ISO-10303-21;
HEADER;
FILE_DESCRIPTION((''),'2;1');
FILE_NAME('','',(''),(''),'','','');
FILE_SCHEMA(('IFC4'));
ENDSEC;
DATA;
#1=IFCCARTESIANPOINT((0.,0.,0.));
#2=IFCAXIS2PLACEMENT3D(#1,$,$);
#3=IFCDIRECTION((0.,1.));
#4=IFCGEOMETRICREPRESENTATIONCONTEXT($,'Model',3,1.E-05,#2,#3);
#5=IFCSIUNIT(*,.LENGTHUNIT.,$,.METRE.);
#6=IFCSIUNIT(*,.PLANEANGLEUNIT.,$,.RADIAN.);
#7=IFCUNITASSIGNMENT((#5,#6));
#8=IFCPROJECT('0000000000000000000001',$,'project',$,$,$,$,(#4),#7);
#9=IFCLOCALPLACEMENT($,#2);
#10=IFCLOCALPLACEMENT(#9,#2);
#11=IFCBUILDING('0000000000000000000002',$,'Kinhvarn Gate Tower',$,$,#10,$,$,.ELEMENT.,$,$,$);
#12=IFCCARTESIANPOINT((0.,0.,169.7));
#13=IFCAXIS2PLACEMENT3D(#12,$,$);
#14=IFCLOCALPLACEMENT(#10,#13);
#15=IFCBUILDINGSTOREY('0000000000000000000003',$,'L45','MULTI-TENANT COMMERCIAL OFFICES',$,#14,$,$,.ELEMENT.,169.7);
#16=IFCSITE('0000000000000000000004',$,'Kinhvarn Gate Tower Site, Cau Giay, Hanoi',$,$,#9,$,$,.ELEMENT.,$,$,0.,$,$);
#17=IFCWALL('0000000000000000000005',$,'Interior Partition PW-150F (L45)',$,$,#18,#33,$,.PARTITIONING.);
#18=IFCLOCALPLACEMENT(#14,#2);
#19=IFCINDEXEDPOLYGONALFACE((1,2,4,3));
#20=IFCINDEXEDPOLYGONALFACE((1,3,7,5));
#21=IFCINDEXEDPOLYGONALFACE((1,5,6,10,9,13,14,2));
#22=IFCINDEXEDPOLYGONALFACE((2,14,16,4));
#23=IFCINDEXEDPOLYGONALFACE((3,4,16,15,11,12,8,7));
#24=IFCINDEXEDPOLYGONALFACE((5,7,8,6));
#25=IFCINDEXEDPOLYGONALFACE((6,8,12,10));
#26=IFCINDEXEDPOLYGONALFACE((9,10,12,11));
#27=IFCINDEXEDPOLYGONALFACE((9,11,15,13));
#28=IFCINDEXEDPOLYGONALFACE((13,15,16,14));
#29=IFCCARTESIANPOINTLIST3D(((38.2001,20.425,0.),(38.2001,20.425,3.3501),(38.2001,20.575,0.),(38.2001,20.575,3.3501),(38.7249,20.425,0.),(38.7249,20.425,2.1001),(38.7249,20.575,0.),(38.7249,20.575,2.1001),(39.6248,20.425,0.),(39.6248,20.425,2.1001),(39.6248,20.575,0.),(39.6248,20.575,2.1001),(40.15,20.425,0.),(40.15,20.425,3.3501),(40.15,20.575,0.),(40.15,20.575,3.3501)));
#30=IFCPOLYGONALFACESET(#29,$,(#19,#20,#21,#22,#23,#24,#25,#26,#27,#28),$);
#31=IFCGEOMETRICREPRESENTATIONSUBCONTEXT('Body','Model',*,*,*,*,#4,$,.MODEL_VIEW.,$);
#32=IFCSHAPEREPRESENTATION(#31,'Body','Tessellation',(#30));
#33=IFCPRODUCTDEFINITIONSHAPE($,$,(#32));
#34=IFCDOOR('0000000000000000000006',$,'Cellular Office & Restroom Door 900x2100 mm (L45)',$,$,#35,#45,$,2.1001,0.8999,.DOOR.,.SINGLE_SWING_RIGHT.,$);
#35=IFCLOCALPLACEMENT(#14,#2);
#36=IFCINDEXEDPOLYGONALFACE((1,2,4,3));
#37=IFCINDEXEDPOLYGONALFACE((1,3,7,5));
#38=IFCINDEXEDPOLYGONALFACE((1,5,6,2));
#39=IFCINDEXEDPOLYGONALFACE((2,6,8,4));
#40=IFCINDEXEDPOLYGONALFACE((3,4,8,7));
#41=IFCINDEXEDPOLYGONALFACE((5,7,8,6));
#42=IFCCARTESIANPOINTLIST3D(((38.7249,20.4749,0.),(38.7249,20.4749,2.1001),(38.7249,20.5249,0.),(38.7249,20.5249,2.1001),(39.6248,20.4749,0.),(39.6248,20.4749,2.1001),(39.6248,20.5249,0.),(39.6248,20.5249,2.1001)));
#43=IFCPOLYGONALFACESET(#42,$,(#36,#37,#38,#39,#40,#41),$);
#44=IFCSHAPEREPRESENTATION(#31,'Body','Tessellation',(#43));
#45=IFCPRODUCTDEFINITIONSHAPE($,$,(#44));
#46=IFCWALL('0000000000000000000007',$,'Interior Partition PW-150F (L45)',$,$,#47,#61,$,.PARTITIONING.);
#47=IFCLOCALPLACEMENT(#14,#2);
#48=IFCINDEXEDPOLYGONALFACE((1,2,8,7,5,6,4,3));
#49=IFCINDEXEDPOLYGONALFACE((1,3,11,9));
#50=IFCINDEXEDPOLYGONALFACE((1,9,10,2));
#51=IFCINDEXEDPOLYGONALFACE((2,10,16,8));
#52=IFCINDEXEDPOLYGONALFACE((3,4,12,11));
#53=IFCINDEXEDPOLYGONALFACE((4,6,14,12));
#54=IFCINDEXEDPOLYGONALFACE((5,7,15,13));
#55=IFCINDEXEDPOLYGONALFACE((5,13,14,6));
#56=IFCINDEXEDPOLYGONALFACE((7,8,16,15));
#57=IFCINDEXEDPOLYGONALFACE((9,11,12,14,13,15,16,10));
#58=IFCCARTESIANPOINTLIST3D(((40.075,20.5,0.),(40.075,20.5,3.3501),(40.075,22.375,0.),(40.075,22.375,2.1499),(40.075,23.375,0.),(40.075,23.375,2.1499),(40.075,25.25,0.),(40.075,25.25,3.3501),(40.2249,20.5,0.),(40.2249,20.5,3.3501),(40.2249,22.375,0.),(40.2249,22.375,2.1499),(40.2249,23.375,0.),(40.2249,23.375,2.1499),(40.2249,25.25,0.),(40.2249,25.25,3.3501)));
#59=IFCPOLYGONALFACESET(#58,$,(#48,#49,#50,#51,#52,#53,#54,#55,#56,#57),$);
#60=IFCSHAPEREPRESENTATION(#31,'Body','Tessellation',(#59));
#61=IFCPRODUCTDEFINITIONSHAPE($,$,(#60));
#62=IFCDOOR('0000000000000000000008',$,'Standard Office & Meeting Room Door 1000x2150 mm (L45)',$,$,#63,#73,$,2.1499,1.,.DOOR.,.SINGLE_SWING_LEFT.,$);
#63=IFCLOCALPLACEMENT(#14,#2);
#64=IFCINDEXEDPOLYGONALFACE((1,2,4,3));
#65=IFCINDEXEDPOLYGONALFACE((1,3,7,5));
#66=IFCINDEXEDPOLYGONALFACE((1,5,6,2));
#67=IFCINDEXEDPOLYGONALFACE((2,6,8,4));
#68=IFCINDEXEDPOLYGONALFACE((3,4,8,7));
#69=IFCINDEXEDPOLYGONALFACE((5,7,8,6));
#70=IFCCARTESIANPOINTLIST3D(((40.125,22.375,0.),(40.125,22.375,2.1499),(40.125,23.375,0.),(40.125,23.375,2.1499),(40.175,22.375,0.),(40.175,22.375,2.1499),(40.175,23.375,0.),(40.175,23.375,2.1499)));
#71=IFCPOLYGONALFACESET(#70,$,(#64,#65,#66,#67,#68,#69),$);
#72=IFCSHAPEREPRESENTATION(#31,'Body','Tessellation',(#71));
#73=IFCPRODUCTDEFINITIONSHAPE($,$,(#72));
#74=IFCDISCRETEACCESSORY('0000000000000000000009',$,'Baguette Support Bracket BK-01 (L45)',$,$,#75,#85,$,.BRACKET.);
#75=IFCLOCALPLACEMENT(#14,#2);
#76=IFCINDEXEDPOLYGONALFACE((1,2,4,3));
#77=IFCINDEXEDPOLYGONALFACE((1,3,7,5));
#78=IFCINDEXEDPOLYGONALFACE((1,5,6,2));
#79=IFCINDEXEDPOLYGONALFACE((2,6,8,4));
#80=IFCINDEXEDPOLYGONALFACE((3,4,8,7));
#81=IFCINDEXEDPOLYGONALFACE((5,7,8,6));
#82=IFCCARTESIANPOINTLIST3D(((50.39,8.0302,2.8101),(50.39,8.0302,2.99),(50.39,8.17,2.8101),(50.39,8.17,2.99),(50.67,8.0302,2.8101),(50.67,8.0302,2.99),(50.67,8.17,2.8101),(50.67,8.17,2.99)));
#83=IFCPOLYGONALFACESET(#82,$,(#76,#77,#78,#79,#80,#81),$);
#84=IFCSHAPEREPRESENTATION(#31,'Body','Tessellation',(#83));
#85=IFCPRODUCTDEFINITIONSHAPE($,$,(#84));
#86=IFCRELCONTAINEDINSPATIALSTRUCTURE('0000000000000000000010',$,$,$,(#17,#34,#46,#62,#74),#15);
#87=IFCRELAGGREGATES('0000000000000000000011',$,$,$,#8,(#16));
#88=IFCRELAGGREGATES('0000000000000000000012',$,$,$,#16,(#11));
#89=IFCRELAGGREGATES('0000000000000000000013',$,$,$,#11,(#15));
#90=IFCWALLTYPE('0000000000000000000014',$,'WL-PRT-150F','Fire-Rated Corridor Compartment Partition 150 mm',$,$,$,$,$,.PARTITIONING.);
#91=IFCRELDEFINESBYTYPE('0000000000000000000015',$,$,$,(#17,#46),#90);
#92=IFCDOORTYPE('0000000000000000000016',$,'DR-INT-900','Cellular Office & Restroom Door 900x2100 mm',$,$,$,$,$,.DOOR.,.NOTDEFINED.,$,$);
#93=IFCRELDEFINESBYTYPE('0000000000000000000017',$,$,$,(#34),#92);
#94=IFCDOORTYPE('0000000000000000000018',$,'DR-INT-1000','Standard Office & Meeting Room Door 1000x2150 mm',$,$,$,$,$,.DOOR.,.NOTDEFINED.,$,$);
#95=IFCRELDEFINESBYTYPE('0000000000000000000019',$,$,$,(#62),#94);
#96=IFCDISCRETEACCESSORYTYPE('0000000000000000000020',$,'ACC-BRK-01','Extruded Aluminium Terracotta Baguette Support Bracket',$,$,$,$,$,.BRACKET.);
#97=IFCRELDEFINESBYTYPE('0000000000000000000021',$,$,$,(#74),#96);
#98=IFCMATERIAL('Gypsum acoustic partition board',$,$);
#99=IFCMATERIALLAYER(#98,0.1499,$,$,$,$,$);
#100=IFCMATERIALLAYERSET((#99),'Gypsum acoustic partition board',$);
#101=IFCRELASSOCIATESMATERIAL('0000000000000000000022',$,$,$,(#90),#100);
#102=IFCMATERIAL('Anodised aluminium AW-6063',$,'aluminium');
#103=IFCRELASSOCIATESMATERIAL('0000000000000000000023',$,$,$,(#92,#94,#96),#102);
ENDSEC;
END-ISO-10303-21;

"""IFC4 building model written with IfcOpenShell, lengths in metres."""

from ifc_helpers import new_model, si_unit, direction, frame, frame_2d, origin, origin_2d, place, context, subcontext, project, spatial, rectangle, extrude, material, layer, layer_set, type_object, element, fill, save


model = new_model("IFC4")

# Units and contexts
model_context = context("Model", 3, precision=1e-05, world=origin(), true_north=direction((0.0, 1.0)))
body_context = subcontext(model_context, "Body", "Model", "MODEL_VIEW")
ifc_project = project(units=[si_unit("LENGTHUNIT", "METRE"), si_unit("PLANEANGLEUNIT", "RADIAN")], contexts=[model_context])

# Site, building, storey
site_placement = place(None, origin())
site = spatial("IfcSite", under=ifc_project, at=site_placement, Name="Kinhvarn Gate Tower Site, Cau Giay, Hanoi", CompositionType="ELEMENT", RefElevation=0.0)
building_placement = place(site_placement, origin())
building = spatial("IfcBuilding", under=site, at=building_placement, Name="Kinhvarn Gate Tower", CompositionType="ELEMENT")
storey_placement = place(building_placement, frame((0.0, 0.0, 169.7)))
storey = spatial("IfcBuildingStorey", under=building, at=storey_placement, Name="L45", Description="MULTI-TENANT COMMERCIAL OFFICES", CompositionType="ELEMENT", Elevation=169.7)

# Shared definitions
ifc_material_1 = material(Name="Anodised aluminium AW-6063", Category="aluminium")

# Shared definitions
ifc_material_2 = material(Name="Gypsum acoustic partition board")
ifc_layer_1 = layer(ifc_material_2, 0.1499)
ifc_layer_set_1 = layer_set([ifc_layer_1], Name="Gypsum acoustic partition board")
wall_type_1 = type_object("IfcWallType", Name="WL-PRT-150F", Description="Fire-Rated Corridor Compartment Partition 150 mm", PredefinedType="PARTITIONING", material=ifc_layer_set_1)

# Walls, openings, doors
wall_1_placement = place(storey_placement, frame((38.2, 20.5, 0.0), z_axis=(0.0, 0.0, 1.0), x_axis=(1.0, 0.0, 0.0)))
wall_1 = element("IfcWall", 1, at=wall_1_placement, inside=storey, type_object=wall_type_1, Name="Interior Partition PW-150F (L45)", PredefinedType="PARTITIONING", context=body_context, shape_type="SweptSolid", body=[
    extrude(rectangle(XDim=1.95, YDim=0.1499, at=frame_2d((0.9751, 0.0))), origin(), (0.0, 0.0, 1.0), 3.3501),
])
opening_1_placement = place(wall_1_placement, frame((0.5249, 0.0, 0.0)))
opening_1 = element("IfcOpeningElement", 2, at=opening_1_placement, cuts=wall_1, PredefinedType="OPENING", context=body_context, shape_type="SweptSolid", body=[
    extrude(rectangle(XDim=0.8999, YDim=2.1001, at=frame_2d((0.45, 1.05))), frame((0.0, 0.085, 0.0), z_axis=(0.0, -1.0, 0.0), x_axis=(1.0, 0.0, 0.0)), (0.0, 0.0, 1.0), 0.1699),
])
door_type_1 = type_object("IfcDoorType", Name="DR-INT-900", Description="Cellular Office & Restroom Door 900x2100 mm", OperationType="NOTDEFINED", PredefinedType="DOOR", material=ifc_material_1)
door_1_placement = place(opening_1_placement, origin())
door_1 = element("IfcDoor", 3, at=door_1_placement, inside=storey, type_object=door_type_1, Name="Cellular Office & Restroom Door 900x2100 mm (L45)", OperationType="SINGLE_SWING_RIGHT", OverallHeight=2.1001, OverallWidth=0.8999, PredefinedType="DOOR", context=body_context, shape_type="SweptSolid", body=[
    extrude(rectangle(XDim=0.8999, YDim=2.1001, at=frame_2d((0.45, 1.05))), frame((0.0, 0.0249, 0.0), z_axis=(0.0, -1.0, 0.0), x_axis=(1.0, 0.0, 0.0)), (0.0, 0.0, 1.0), 0.05),
])
fill(opening_1, door_1)
wall_2_placement = place(storey_placement, frame((40.1499, 20.5, 0.0), z_axis=(0.0, 0.0, 1.0), x_axis=(0.0, 1.0, 0.0)))
wall_2 = element("IfcWall", 4, at=wall_2_placement, inside=storey, type_object=wall_type_1, Name="Interior Partition PW-150F (L45)", PredefinedType="PARTITIONING", context=body_context, shape_type="SweptSolid", body=[
    extrude(rectangle(XDim=4.75, YDim=0.1499, at=frame_2d((2.375, 0.0))), origin(), (0.0, 0.0, 1.0), 3.3501),
])
opening_2_placement = place(wall_2_placement, frame((1.875, 0.0, 0.0)))
opening_2 = element("IfcOpeningElement", 5, at=opening_2_placement, cuts=wall_2, PredefinedType="OPENING", context=body_context, shape_type="SweptSolid", body=[
    extrude(rectangle(XDim=1.0, YDim=2.1499, at=frame_2d((0.5, 1.075))), frame((0.0, 0.085, 0.0), z_axis=(0.0, -1.0, 0.0), x_axis=(1.0, 0.0, 0.0)), (0.0, 0.0, 1.0), 0.1699),
])
door_type_2 = type_object("IfcDoorType", Name="DR-INT-1000", Description="Standard Office & Meeting Room Door 1000x2150 mm", OperationType="NOTDEFINED", PredefinedType="DOOR", material=ifc_material_1)
door_2_placement = place(opening_2_placement, origin())
door_2 = element("IfcDoor", 6, at=door_2_placement, inside=storey, type_object=door_type_2, Name="Standard Office & Meeting Room Door 1000x2150 mm (L45)", OperationType="SINGLE_SWING_LEFT", OverallHeight=2.1499, OverallWidth=1.0, PredefinedType="DOOR", context=body_context, shape_type="SweptSolid", body=[
    extrude(rectangle(XDim=1.0, YDim=2.1499, at=frame_2d((0.5, 1.075))), frame((0.0, 0.0249, 0.0), z_axis=(0.0, -1.0, 0.0), x_axis=(1.0, 0.0, 0.0)), (0.0, 0.0, 1.0), 0.05),
])
fill(opening_2, door_2)

# Discrete accessory
discrete_accessory_type = type_object("IfcDiscreteAccessoryType", Name="ACC-BRK-01", Description="Extruded Aluminium Terracotta Baguette Support Bracket", PredefinedType="BRACKET", material=ifc_material_1)
discrete_accessory_placement = place(storey_placement, frame((50.53, 8.1001, 2.8101), z_axis=(0.0, 0.0, 1.0), x_axis=(0.0, 1.0, 0.0)))
element("IfcDiscreteAccessory", 7, at=discrete_accessory_placement, inside=storey, type_object=discrete_accessory_type, Name="Baguette Support Bracket BK-01 (L45)", PredefinedType="BRACKET", context=body_context, shape_type="SweptSolid", body=[
    extrude(rectangle(XDim=0.1399, YDim=0.28, at=origin_2d()), origin(), (0.0, 0.0, 1.0), 0.1799),
])

save(model, "model.ifc")
